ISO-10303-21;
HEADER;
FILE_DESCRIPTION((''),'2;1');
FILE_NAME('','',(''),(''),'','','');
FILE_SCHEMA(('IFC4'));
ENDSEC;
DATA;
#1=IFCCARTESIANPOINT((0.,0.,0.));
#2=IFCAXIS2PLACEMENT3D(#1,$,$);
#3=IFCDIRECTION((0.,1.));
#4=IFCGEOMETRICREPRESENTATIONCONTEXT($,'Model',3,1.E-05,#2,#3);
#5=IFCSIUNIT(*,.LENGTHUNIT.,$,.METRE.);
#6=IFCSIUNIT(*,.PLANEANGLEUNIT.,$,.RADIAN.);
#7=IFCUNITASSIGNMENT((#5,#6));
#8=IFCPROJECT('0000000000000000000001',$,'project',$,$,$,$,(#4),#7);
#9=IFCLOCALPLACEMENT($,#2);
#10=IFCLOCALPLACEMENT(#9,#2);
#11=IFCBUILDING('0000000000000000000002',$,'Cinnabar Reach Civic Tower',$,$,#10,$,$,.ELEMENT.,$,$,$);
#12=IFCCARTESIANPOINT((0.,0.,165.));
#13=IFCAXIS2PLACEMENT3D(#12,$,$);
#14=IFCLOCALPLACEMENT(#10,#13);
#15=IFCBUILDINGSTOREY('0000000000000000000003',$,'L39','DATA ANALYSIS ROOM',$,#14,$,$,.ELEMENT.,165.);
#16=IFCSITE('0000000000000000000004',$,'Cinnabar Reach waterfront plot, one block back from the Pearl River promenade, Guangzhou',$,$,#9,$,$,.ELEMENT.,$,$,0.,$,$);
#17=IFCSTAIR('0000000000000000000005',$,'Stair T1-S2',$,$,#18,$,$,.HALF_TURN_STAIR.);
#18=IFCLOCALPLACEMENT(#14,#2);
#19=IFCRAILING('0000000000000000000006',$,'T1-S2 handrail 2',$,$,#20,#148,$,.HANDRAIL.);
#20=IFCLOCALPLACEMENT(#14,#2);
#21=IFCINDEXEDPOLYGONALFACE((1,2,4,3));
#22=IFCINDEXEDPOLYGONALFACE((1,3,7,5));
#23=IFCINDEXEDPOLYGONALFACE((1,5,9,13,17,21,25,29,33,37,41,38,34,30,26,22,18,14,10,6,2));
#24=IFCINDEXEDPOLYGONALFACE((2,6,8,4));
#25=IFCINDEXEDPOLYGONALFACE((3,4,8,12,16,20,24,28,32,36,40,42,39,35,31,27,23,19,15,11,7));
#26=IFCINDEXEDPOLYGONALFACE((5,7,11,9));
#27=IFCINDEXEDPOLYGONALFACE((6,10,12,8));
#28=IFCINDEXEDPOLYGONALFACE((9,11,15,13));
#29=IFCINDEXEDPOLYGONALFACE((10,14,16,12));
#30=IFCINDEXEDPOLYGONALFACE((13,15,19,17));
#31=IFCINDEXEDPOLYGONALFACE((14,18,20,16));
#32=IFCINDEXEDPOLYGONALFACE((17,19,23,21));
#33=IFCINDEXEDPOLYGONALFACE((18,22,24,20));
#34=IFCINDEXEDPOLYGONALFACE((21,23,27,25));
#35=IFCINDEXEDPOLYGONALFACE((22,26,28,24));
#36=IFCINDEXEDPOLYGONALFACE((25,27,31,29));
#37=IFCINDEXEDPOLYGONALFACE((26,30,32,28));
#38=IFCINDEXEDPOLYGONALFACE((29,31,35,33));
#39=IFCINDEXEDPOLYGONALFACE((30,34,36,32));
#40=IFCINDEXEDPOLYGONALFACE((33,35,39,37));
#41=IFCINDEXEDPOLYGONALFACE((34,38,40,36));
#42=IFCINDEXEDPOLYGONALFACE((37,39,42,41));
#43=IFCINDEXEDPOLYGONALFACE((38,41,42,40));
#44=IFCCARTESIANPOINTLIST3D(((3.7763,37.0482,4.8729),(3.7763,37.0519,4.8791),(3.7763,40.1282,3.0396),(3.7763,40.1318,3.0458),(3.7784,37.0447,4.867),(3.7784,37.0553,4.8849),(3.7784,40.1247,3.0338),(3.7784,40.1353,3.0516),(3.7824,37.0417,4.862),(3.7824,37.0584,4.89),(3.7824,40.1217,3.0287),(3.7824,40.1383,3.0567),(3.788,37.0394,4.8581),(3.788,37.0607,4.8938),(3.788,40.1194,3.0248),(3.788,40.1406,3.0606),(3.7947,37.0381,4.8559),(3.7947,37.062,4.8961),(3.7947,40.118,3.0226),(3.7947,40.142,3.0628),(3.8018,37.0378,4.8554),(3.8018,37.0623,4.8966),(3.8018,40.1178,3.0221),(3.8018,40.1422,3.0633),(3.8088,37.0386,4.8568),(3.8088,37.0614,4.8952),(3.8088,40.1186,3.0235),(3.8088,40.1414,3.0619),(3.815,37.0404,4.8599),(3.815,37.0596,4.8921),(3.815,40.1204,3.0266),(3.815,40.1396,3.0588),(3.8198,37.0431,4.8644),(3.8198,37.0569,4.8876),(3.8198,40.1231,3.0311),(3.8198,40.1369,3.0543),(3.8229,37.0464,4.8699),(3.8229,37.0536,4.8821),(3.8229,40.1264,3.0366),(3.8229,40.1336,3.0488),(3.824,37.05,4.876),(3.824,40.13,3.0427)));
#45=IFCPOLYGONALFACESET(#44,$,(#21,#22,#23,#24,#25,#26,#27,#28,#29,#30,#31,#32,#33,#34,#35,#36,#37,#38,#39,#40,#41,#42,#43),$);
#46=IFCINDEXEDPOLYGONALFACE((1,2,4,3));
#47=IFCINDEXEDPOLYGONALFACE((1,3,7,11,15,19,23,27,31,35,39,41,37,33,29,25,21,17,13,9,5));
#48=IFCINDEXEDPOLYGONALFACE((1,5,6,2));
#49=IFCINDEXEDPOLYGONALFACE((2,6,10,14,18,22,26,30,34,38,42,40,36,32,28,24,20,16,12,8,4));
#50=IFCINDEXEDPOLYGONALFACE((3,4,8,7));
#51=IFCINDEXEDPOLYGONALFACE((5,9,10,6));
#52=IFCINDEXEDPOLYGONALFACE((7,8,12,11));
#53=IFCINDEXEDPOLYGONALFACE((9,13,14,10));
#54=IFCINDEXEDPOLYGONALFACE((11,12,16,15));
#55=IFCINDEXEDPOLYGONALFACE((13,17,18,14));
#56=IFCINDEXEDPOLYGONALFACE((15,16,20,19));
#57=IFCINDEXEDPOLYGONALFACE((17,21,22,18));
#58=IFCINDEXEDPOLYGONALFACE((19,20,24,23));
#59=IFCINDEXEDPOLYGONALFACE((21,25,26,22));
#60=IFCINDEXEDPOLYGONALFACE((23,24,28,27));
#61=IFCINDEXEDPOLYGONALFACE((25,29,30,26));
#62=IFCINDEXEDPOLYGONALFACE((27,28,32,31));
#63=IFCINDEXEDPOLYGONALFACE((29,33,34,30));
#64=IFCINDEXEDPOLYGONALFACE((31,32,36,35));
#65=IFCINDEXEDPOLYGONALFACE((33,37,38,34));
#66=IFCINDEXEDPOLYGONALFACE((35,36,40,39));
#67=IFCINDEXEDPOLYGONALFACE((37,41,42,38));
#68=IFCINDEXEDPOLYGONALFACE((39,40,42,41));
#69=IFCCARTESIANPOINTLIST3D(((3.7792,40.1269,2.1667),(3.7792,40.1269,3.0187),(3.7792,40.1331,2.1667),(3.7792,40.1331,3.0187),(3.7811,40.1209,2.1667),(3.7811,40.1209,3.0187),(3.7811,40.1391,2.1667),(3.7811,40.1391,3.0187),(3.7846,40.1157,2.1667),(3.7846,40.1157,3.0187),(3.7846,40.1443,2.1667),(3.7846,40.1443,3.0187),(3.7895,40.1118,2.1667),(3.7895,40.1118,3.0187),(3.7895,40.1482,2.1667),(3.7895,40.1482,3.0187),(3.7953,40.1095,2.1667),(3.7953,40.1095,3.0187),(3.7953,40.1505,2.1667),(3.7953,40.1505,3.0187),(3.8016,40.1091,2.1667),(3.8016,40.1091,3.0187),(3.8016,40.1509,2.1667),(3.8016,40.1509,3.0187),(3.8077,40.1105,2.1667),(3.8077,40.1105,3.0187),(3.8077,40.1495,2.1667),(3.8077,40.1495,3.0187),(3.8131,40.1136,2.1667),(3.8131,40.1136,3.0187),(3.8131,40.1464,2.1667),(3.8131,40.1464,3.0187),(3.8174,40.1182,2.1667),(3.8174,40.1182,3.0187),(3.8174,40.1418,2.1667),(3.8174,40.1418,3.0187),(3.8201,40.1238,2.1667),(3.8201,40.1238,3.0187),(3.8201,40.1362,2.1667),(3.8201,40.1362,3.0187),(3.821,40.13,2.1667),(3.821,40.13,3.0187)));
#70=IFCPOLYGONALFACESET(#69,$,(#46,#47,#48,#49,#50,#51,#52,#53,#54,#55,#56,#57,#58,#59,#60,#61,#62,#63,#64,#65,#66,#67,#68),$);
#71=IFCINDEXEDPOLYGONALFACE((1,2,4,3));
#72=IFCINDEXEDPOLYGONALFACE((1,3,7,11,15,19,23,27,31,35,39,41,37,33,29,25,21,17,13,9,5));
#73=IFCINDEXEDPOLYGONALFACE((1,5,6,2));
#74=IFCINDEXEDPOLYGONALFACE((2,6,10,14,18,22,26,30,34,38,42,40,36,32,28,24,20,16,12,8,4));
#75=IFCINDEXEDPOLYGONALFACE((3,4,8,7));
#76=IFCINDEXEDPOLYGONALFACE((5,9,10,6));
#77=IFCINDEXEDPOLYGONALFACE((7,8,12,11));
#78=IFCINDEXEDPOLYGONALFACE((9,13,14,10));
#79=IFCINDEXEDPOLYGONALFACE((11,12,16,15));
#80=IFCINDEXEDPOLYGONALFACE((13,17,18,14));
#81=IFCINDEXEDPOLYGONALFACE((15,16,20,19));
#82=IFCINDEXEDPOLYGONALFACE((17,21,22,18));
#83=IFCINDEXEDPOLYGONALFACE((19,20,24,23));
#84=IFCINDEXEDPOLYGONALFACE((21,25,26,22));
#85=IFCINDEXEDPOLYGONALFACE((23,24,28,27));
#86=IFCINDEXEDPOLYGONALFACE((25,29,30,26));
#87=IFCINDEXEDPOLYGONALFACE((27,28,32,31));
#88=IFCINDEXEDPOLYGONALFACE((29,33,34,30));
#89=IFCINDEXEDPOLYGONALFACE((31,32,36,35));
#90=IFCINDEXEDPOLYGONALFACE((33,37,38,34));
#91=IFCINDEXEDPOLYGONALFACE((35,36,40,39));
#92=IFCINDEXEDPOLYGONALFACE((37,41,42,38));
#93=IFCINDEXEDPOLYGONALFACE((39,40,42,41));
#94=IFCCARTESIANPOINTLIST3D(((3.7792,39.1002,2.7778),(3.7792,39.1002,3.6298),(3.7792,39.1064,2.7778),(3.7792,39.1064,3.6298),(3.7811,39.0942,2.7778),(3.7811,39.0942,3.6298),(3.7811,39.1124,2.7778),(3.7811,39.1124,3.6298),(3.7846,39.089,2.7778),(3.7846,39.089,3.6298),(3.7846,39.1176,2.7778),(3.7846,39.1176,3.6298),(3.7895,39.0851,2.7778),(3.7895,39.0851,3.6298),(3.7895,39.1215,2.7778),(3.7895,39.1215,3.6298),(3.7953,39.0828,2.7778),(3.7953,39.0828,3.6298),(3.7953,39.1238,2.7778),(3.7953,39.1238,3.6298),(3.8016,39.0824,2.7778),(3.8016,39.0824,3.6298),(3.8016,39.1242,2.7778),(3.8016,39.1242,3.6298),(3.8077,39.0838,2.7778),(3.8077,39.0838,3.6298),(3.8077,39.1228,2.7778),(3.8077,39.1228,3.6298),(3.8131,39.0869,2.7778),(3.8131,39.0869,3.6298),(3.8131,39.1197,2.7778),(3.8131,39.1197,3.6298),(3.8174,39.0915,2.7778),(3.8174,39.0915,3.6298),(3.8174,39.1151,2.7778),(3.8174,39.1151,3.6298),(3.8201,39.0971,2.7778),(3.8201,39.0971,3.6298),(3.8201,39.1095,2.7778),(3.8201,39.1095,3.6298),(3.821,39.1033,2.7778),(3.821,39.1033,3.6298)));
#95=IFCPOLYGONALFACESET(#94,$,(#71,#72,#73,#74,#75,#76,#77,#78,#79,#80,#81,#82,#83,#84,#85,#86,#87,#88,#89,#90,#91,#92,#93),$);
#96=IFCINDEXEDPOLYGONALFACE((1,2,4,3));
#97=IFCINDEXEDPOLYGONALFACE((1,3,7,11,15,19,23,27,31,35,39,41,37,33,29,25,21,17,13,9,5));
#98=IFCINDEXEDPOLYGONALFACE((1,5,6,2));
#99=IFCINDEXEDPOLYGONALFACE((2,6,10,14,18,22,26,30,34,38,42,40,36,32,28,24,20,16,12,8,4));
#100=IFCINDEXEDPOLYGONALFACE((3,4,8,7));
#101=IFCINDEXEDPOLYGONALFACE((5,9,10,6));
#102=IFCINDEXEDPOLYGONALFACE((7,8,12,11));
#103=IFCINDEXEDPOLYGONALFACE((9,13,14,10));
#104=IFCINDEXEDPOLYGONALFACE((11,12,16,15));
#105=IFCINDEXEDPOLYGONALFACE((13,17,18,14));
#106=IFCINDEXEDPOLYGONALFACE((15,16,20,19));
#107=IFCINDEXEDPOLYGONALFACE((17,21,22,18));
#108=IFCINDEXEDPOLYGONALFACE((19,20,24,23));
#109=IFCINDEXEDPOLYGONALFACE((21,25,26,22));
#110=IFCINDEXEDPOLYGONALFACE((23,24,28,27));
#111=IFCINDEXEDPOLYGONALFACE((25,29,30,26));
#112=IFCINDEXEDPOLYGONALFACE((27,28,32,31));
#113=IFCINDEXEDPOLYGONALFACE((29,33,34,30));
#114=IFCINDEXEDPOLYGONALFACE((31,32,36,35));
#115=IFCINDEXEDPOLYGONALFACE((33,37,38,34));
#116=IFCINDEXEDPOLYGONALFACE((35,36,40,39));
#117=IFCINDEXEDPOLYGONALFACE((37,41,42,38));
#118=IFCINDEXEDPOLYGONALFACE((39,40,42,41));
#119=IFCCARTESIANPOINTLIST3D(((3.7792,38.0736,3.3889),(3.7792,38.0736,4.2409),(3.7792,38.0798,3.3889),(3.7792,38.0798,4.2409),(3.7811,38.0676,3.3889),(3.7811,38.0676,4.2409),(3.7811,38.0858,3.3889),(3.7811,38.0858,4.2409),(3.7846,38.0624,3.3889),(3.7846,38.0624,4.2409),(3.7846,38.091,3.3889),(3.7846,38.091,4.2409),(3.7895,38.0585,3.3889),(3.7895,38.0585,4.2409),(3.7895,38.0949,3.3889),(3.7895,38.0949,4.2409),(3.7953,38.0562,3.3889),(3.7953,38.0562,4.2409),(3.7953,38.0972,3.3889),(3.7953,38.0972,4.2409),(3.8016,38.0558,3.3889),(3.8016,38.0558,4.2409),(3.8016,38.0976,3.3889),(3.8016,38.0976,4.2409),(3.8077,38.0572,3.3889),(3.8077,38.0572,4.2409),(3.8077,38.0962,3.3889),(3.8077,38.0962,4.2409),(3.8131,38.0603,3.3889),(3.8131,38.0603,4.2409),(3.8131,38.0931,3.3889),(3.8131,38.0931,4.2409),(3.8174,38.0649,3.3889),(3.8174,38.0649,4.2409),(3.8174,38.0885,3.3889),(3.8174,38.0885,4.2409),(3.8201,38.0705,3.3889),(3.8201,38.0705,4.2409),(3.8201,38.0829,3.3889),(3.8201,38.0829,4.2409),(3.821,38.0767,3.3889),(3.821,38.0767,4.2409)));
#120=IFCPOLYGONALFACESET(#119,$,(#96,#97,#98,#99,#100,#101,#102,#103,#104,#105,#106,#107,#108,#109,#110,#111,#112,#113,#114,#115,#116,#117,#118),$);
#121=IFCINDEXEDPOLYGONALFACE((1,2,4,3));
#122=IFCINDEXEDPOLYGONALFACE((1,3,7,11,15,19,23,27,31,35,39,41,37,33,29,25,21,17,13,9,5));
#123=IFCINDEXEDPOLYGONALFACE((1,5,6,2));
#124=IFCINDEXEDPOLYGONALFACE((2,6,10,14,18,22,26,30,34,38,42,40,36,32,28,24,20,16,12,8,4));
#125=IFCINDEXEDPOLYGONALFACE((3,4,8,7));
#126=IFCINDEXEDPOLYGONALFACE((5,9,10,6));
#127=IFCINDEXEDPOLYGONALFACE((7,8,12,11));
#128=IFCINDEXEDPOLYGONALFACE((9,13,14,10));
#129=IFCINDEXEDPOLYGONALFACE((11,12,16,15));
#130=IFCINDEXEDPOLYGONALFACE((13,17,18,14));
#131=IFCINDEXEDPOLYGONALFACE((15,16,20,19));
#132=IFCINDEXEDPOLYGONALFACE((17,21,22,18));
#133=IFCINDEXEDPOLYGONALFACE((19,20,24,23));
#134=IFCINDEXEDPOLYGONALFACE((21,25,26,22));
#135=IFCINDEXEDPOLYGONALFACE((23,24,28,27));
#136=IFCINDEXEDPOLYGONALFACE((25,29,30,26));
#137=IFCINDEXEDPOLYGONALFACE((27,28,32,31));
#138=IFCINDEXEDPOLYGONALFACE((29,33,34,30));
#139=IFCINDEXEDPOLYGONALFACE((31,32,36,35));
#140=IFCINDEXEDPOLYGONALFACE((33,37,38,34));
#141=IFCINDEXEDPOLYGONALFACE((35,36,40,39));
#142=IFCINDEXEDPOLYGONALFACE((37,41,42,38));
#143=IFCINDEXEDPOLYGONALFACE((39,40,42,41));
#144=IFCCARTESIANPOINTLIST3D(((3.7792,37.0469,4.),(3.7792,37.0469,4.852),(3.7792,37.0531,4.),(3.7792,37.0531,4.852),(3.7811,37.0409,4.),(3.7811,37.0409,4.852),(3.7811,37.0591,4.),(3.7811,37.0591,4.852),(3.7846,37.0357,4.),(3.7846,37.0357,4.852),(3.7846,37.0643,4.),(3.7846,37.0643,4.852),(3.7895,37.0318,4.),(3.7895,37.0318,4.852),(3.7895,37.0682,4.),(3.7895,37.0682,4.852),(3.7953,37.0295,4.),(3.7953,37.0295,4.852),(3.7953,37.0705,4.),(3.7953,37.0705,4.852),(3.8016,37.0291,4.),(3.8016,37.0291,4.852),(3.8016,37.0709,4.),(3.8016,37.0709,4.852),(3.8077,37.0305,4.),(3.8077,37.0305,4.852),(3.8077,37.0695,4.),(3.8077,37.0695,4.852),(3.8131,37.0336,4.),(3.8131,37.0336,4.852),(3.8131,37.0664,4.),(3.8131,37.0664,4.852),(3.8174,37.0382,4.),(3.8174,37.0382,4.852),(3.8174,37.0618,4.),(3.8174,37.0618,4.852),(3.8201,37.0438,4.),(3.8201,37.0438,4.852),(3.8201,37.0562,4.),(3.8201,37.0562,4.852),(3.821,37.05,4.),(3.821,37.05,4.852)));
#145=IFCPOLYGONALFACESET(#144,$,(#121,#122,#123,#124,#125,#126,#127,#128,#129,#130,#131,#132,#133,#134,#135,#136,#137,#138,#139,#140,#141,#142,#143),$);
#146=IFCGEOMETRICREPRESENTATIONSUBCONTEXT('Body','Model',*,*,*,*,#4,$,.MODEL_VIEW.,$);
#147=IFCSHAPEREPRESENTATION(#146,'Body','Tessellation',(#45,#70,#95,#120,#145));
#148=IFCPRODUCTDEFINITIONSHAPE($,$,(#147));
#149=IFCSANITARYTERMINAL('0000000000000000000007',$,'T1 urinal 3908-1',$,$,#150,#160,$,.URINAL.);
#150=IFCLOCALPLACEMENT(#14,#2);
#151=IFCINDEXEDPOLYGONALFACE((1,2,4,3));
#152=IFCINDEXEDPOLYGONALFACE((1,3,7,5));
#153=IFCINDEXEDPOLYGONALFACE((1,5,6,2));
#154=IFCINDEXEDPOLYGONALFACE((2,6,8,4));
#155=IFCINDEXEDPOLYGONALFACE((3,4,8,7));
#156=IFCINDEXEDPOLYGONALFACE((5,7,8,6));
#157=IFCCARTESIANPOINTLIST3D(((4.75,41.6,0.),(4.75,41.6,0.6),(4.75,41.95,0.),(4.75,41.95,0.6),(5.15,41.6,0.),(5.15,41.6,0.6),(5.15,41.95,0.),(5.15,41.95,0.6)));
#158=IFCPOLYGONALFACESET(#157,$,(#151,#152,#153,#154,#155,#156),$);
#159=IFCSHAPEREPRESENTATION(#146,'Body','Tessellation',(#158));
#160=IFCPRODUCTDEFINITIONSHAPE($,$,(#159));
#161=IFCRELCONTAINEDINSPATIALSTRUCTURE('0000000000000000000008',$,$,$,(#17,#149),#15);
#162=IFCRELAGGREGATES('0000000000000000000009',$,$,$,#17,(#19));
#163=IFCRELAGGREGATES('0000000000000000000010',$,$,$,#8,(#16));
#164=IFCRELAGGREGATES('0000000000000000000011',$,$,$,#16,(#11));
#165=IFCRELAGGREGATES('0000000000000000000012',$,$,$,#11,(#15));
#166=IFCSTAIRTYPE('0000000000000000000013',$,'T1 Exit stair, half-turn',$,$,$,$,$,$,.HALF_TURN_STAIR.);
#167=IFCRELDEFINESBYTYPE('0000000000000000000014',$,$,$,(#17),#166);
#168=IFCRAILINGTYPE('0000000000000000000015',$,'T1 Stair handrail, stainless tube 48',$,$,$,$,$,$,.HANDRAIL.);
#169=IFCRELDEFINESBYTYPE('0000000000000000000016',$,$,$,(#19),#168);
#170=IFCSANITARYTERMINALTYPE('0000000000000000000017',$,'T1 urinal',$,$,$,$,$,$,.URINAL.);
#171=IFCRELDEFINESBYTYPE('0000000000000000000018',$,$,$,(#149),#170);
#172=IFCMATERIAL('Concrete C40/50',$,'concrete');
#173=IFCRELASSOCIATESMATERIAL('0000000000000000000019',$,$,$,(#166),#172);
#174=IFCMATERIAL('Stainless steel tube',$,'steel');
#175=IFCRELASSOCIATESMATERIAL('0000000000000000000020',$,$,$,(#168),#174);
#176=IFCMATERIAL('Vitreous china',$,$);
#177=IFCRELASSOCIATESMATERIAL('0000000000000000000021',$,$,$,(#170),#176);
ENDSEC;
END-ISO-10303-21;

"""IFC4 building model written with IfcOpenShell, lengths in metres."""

from ifc_helpers import new_model, si_unit, direction, frame, origin, origin_2d, place, context, subcontext, project, spatial, rectangle, circle, extrude, material, type_object, element, aggregate, save


model = new_model("IFC4")

# Units and contexts
model_context = context("Model", 3, precision=1e-05, world=origin(), true_north=direction((0.0, 1.0)))
body_context = subcontext(model_context, "Body", "Model", "MODEL_VIEW")
ifc_project = project(units=[si_unit("LENGTHUNIT", "METRE"), si_unit("PLANEANGLEUNIT", "RADIAN")], contexts=[model_context])

# Site, building, storey
site_placement = place(None, origin())
site = spatial("IfcSite", under=ifc_project, at=site_placement, Name="Cinnabar Reach waterfront plot, one block back from the Pearl River promenade, Guangzhou", CompositionType="ELEMENT", RefElevation=0.0)
building_placement = place(site_placement, origin())
building = spatial("IfcBuilding", under=site, at=building_placement, Name="Cinnabar Reach Civic Tower", CompositionType="ELEMENT")
storey_placement = place(building_placement, frame((0.0, 0.0, 165.0)))
storey = spatial("IfcBuildingStorey", under=building, at=storey_placement, Name="L39", Description="DATA ANALYSIS ROOM", CompositionType="ELEMENT", Elevation=165.0)

# Shared definitions
ifc_material_1 = material(Name="Concrete C40/50", Category="concrete")

# Stair, railing
stair_type = type_object("IfcStairType", Name="T1 Exit stair, half-turn", PredefinedType="HALF_TURN_STAIR", material=ifc_material_1)
stair_placement = place(storey_placement, origin())
stair = element("IfcStair", 1, at=stair_placement, inside=storey, type_object=stair_type, Name="Stair T1-S2", PredefinedType="HALF_TURN_STAIR")
ifc_material_2 = material(Name="Stainless steel tube", Category="steel")
railing_type = type_object("IfcRailingType", Name="T1 Stair handrail, stainless tube 48", PredefinedType="HANDRAIL", material=ifc_material_2)
railing_1_placement = place(storey_placement, frame((3.8, 40.13, 2.1667)))
railing_1 = element("IfcRailing", 2, at=railing_1_placement, type_object=railing_type, Name="T1-S2 handrail 2", PredefinedType="HANDRAIL", context=body_context, shape_type="SweptSolid", body=[
    extrude(circle(Radius=0.024, at=origin_2d()), frame((0.0, 0.0, 0.876), z_axis=(0.0, -0.859297, 0.511477), x_axis=(1.0, 0.0, 0.0)), (0.0, 0.0, 1.0), 3.5843),
    extrude(circle(Radius=0.021, at=origin_2d()), origin(), (0.0, 0.0, 1.0), 0.852),
    extrude(circle(Radius=0.021, at=origin_2d()), frame((0.0, -1.0267, 0.6111)), (0.0, 0.0, 1.0), 0.852),
    extrude(circle(Radius=0.021, at=origin_2d()), frame((0.0, -2.0533, 1.2222)), (0.0, 0.0, 1.0), 0.852),
    extrude(circle(Radius=0.021, at=origin_2d()), frame((0.0, -3.08, 1.8333)), (0.0, 0.0, 1.0), 0.852),
])
aggregate(stair, [railing_1])

# Sanitary terminal
ifc_material_3 = material(Name="Vitreous china")
sanitary_terminal_type = type_object("IfcSanitaryTerminalType", Name="T1 urinal", PredefinedType="URINAL", material=ifc_material_3)
sanitary_terminal_placement = place(storey_placement, frame((4.95, 41.775, 0.0), z_axis=(0.0, 0.0, 1.0), x_axis=(1.0, 0.0, 0.0)))
element("IfcSanitaryTerminal", 3, at=sanitary_terminal_placement, inside=storey, type_object=sanitary_terminal_type, Name="T1 urinal 3908-1", PredefinedType="URINAL", context=body_context, shape_type="SweptSolid", body=[
    extrude(rectangle(XDim=0.4, YDim=0.35, at=origin_2d()), origin(), (0.0, 0.0, 1.0), 0.6),
])

save(model, "model.ifc")
